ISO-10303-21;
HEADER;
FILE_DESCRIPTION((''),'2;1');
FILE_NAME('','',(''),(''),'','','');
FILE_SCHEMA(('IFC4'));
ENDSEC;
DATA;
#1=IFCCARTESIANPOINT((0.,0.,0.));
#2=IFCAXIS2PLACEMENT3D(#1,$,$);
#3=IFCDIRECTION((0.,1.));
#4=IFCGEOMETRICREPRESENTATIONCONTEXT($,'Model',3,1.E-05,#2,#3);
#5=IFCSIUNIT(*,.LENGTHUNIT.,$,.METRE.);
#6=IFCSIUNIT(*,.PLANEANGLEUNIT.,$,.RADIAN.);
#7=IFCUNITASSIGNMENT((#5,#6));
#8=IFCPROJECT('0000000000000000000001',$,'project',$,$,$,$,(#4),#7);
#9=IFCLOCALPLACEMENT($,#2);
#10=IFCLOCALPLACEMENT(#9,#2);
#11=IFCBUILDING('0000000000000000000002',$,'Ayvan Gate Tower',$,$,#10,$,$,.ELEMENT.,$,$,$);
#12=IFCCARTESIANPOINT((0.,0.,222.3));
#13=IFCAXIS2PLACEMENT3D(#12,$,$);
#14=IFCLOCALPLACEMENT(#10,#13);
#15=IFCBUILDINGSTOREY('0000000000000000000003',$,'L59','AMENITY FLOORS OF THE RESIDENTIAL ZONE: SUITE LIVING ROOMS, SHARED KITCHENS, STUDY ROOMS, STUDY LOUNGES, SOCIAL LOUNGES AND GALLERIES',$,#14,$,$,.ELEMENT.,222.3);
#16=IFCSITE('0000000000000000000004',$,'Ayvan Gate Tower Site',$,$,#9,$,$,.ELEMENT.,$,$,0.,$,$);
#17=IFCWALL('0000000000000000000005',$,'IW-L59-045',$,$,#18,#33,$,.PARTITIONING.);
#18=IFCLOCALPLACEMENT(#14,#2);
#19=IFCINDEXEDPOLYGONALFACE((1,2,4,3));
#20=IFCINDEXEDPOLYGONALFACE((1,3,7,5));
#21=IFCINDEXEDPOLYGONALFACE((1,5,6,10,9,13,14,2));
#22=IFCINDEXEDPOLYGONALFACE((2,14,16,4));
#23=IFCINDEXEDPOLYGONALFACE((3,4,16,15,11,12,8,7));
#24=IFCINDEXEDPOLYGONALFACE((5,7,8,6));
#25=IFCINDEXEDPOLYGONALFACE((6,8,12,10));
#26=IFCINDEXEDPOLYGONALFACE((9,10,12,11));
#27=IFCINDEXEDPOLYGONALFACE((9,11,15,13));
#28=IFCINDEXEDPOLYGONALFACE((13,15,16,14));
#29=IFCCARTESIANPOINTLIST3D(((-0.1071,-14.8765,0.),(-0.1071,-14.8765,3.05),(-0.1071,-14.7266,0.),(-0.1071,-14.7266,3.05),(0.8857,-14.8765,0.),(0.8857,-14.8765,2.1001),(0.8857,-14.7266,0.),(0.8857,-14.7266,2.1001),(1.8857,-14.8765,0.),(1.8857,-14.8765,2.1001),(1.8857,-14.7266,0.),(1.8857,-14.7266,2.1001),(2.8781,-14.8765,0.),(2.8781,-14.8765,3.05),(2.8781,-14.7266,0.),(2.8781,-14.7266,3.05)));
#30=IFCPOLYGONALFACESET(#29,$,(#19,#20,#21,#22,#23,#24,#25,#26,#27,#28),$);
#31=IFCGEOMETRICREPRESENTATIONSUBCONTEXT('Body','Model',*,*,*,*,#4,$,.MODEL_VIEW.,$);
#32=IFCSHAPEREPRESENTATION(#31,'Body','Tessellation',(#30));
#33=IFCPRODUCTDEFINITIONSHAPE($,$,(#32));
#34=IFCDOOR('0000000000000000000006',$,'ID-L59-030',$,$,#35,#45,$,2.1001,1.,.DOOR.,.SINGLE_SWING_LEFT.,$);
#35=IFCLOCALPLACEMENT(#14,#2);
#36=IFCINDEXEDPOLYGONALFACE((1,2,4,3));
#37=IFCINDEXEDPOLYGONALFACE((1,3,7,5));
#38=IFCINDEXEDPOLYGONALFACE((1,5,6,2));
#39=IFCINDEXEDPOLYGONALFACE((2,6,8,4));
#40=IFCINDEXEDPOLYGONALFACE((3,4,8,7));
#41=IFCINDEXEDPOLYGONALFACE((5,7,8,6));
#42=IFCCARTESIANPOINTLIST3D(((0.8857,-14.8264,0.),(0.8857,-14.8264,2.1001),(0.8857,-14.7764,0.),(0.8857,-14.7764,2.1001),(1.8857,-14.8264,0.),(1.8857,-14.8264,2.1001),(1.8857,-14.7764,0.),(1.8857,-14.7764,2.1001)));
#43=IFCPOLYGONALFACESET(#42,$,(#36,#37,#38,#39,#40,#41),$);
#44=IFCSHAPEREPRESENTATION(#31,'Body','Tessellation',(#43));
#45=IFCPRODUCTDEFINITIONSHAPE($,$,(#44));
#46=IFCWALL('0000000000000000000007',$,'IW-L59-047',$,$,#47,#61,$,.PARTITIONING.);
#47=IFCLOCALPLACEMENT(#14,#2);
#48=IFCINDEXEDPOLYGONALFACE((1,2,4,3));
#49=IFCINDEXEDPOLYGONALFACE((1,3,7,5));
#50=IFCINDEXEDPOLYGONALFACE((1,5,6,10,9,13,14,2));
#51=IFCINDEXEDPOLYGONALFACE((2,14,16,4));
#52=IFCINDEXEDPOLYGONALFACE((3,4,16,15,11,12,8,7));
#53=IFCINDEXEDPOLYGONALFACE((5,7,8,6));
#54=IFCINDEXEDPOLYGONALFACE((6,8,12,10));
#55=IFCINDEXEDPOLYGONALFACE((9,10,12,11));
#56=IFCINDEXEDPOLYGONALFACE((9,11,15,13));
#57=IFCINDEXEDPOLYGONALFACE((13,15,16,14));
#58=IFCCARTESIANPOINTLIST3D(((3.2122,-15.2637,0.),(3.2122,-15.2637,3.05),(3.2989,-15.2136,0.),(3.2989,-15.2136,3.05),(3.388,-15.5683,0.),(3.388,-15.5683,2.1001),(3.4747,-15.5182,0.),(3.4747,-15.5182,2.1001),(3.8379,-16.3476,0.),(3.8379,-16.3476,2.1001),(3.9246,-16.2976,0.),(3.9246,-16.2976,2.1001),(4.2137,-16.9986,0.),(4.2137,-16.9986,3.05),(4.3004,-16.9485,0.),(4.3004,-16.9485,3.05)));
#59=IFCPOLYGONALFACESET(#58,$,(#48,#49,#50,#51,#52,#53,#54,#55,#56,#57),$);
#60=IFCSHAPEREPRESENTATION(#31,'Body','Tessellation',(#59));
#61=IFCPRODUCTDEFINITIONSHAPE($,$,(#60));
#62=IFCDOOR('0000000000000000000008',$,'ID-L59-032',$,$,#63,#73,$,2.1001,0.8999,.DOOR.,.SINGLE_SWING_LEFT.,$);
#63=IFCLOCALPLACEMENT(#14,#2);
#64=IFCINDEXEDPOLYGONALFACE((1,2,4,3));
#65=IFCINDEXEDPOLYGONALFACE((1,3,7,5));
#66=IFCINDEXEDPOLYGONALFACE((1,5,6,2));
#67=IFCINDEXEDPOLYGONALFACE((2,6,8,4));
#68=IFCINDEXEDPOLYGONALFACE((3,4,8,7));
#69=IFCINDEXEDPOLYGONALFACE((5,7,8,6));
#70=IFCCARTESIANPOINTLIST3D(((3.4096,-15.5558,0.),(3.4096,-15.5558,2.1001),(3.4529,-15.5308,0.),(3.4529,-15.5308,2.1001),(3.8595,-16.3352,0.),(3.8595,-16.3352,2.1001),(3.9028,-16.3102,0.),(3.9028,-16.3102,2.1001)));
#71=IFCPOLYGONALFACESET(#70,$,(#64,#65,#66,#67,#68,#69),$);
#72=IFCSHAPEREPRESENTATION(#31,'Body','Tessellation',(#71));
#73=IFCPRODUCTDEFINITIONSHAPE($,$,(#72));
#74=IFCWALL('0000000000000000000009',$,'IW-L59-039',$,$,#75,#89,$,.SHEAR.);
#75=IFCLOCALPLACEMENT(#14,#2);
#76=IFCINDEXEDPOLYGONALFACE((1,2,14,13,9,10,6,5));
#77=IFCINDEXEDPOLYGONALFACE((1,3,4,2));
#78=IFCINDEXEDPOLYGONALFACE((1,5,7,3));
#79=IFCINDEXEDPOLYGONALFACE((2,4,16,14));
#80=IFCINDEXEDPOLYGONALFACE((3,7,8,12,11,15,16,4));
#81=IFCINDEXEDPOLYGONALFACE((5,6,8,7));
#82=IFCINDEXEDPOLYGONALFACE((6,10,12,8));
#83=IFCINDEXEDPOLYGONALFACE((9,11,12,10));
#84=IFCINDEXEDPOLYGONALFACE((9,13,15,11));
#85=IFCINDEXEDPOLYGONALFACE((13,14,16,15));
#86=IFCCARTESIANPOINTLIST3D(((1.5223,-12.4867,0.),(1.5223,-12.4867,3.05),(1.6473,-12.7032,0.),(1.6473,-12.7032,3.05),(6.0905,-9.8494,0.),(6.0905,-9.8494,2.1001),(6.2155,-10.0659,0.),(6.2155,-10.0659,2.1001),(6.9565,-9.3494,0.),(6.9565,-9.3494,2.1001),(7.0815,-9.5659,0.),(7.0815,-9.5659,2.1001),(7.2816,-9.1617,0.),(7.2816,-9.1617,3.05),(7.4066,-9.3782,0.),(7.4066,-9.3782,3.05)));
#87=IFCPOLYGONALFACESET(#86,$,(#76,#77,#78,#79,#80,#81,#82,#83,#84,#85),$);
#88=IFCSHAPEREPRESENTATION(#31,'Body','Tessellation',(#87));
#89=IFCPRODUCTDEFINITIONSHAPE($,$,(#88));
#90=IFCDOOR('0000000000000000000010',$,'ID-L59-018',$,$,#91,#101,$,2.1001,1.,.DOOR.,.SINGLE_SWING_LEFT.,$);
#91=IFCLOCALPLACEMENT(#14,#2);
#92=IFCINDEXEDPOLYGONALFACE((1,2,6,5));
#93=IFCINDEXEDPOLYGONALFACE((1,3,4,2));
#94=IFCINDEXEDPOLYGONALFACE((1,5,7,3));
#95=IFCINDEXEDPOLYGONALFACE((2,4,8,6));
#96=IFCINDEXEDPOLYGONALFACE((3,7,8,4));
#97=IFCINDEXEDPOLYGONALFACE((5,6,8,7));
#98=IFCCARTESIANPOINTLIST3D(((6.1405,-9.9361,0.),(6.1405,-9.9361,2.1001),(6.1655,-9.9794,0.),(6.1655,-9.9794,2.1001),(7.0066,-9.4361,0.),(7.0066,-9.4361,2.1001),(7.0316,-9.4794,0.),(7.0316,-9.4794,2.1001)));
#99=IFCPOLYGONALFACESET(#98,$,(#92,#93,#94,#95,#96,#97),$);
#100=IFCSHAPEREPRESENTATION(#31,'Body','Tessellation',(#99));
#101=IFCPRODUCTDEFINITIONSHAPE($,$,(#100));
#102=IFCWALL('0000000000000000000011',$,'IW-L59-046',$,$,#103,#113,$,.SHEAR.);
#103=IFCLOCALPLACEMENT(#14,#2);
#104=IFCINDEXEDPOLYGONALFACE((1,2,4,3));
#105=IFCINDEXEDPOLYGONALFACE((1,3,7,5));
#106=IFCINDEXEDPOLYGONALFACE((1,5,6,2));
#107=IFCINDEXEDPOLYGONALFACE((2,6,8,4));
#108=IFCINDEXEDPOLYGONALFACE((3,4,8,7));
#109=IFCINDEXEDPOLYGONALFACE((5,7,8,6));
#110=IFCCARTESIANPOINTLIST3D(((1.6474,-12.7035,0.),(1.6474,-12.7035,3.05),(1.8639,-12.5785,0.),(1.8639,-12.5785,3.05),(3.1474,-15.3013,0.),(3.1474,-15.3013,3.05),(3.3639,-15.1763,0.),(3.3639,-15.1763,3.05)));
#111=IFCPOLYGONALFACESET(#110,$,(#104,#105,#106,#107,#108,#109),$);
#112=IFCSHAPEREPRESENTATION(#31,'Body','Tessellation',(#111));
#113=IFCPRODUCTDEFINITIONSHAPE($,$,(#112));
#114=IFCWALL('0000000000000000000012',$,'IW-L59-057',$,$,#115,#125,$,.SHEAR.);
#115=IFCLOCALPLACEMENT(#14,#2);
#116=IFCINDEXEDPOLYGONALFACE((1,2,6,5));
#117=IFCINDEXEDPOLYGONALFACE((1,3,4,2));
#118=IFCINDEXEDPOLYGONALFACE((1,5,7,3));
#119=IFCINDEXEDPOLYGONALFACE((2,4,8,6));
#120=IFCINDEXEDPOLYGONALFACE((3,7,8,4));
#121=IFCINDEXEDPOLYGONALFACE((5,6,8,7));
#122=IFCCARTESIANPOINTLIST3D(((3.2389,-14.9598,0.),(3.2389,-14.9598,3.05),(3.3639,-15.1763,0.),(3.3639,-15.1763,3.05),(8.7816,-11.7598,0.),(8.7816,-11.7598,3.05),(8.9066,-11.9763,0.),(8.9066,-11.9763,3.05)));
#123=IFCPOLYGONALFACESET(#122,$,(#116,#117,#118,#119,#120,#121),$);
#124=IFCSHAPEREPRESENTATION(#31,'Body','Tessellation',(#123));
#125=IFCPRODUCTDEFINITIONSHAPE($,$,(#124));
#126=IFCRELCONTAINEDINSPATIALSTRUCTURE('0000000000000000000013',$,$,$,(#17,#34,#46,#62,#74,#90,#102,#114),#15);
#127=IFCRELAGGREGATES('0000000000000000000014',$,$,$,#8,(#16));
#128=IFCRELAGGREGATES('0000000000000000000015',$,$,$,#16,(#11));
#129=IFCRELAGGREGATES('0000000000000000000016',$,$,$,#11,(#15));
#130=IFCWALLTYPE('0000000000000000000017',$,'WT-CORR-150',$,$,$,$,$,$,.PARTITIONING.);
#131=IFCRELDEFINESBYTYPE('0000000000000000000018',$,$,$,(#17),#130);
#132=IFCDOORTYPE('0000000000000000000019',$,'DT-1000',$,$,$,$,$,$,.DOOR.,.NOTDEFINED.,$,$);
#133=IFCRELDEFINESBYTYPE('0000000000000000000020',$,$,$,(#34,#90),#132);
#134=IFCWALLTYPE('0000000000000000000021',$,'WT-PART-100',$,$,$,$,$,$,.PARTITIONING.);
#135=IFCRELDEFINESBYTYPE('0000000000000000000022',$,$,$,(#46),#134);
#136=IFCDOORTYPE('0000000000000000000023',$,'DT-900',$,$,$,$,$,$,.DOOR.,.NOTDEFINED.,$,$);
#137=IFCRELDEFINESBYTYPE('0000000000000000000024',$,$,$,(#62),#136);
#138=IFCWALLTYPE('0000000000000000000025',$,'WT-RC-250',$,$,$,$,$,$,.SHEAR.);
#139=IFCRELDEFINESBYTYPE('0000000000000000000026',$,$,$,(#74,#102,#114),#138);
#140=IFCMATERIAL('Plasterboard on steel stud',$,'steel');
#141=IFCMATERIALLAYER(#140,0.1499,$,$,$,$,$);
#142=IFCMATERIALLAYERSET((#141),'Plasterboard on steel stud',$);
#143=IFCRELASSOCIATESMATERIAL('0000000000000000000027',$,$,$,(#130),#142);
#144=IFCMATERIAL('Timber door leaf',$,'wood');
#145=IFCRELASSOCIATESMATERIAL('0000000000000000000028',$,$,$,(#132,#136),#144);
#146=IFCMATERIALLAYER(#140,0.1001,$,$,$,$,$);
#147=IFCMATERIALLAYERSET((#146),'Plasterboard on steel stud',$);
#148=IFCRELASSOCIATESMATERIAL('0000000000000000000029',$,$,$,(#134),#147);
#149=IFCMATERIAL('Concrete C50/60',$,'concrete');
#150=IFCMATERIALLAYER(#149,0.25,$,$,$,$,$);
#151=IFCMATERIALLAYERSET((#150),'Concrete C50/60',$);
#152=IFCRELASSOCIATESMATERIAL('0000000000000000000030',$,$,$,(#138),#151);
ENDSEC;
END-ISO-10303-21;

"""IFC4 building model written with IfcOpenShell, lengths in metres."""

from ifc_helpers import new_model, si_unit, direction, frame, frame_2d, origin, place, context, subcontext, project, spatial, rectangle, extrude, material, layer, layer_set, type_object, element, fill, save


model = new_model("IFC4")

# Units and contexts
model_context = context("Model", 3, precision=1e-05, world=origin(), true_north=direction((0.0, 1.0)))
body_context = subcontext(model_context, "Body", "Model", "MODEL_VIEW")
ifc_project = project(units=[si_unit("LENGTHUNIT", "METRE"), si_unit("PLANEANGLEUNIT", "RADIAN")], contexts=[model_context])

# Site, building, storey
site_placement = place(None, origin())
site = spatial("IfcSite", under=ifc_project, at=site_placement, Name="Ayvan Gate Tower Site", CompositionType="ELEMENT", RefElevation=0.0)
building_placement = place(site_placement, origin())
building = spatial("IfcBuilding", under=site, at=building_placement, Name="Ayvan Gate Tower", CompositionType="ELEMENT")
storey_placement = place(building_placement, frame((0.0, 0.0, 222.3)))
storey = spatial("IfcBuildingStorey", under=building, at=storey_placement, Name="L59", Description="AMENITY FLOORS OF THE RESIDENTIAL ZONE: SUITE LIVING ROOMS, SHARED KITCHENS, STUDY ROOMS, STUDY LOUNGES, SOCIAL LOUNGES AND GALLERIES", CompositionType="ELEMENT", Elevation=222.3)

# Shared definitions
ifc_material_1 = material(Name="Concrete C50/60", Category="concrete")

# Walls, openings, doors
ifc_material_2 = material(Name="Plasterboard on steel stud", Category="steel")
ifc_layer_1 = layer(ifc_material_2, 0.1499)
ifc_layer_set_1 = layer_set([ifc_layer_1], Name="Plasterboard on steel stud")
wall_type_1 = type_object("IfcWallType", Name="WT-CORR-150", PredefinedType="PARTITIONING", material=ifc_layer_set_1)
wall_1_placement = place(storey_placement, frame((2.8782, -14.8015, 0.0), z_axis=(0.0, 0.0, 1.0), x_axis=(-1.0, 0.0, 0.0)))
wall_1 = element("IfcWall", 1, at=wall_1_placement, inside=storey, type_object=wall_type_1, Name="IW-L59-045", PredefinedType="PARTITIONING", context=body_context, shape_type="SweptSolid", body=[
    extrude(rectangle(XDim=2.9851, YDim=0.1499, at=frame_2d((1.4927, 0.0))), origin(), (0.0, 0.0, 1.0), 3.05),
])
opening_1_placement = place(wall_1_placement, frame((0.9924, 0.0, 0.0)))
opening_1 = element("IfcOpeningElement", 2, at=opening_1_placement, cuts=wall_1, PredefinedType="OPENING", context=body_context, shape_type="SweptSolid", body=[
    extrude(rectangle(XDim=1.0, YDim=2.1001, at=frame_2d((0.5, 1.05))), frame((0.0, 0.085, 0.0), z_axis=(0.0, -1.0, 0.0), x_axis=(1.0, 0.0, 0.0)), (0.0, 0.0, 1.0), 0.1699),
])
ifc_material_3 = material(Name="Timber door leaf", Category="wood")
door_type_1 = type_object("IfcDoorType", Name="DT-1000", OperationType="NOTDEFINED", PredefinedType="DOOR", material=ifc_material_3)
door_1_placement = place(opening_1_placement, origin())
door_1 = element("IfcDoor", 3, at=door_1_placement, inside=storey, type_object=door_type_1, Name="ID-L59-030", OperationType="SINGLE_SWING_LEFT", OverallHeight=2.1001, OverallWidth=1.0, PredefinedType="DOOR", context=body_context, shape_type="SweptSolid", body=[
    extrude(rectangle(XDim=1.0, YDim=2.1001, at=frame_2d((0.5, 1.05))), frame((0.0, 0.0249, 0.0), z_axis=(0.0, -1.0, 0.0), x_axis=(1.0, 0.0, 0.0)), (0.0, 0.0, 1.0), 0.05),
])
fill(opening_1, door_1)
ifc_layer_2 = layer(ifc_material_2, 0.1001)
ifc_layer_set_2 = layer_set([ifc_layer_2], Name="Plasterboard on steel stud")
wall_type_2 = type_object("IfcWallType", Name="WT-PART-100", PredefinedType="PARTITIONING", material=ifc_layer_set_2)
wall_2_placement = place(storey_placement, frame((3.2556, -15.2388, 0.0), z_axis=(0.0, 0.0, 1.0), x_axis=(0.49994, -0.86606, 0.0)))
wall_2 = element("IfcWall", 4, at=wall_2_placement, inside=storey, type_object=wall_type_2, Name="IW-L59-047", PredefinedType="PARTITIONING", context=body_context, shape_type="SweptSolid", body=[
    extrude(rectangle(XDim=2.0032, YDim=0.1001, at=frame_2d((1.0015, 0.0))), origin(), (0.0, 0.0, 1.0), 3.05),
])
opening_2_placement = place(wall_2_placement, frame((0.3516, 0.0, 0.0)))
opening_2 = element("IfcOpeningElement", 5, at=opening_2_placement, cuts=wall_2, PredefinedType="OPENING", context=body_context, shape_type="SweptSolid", body=[
    extrude(rectangle(XDim=0.8999, YDim=2.1001, at=frame_2d((0.45, 1.05))), frame((0.0, 0.0601, 0.0), z_axis=(0.0, -1.0, 0.0), x_axis=(1.0, 0.0, 0.0)), (0.0, 0.0, 1.0), 0.1201),
])
door_type_2 = type_object("IfcDoorType", Name="DT-900", OperationType="NOTDEFINED", PredefinedType="DOOR", material=ifc_material_3)
door_2_placement = place(opening_2_placement, origin())
door_2 = element("IfcDoor", 6, at=door_2_placement, inside=storey, type_object=door_type_2, Name="ID-L59-032", OperationType="SINGLE_SWING_LEFT", OverallHeight=2.1001, OverallWidth=0.8999, PredefinedType="DOOR", context=body_context, shape_type="SweptSolid", body=[
    extrude(rectangle(XDim=0.8999, YDim=2.1001, at=frame_2d((0.45, 1.05))), frame((0.0, 0.0249, 0.0), z_axis=(0.0, -1.0, 0.0), x_axis=(1.0, 0.0, 0.0)), (0.0, 0.0, 1.0), 0.05),
])
fill(opening_2, door_2)
ifc_layer_3 = layer(ifc_material_1, 0.25)
ifc_layer_set_3 = layer_set([ifc_layer_3], Name="Concrete C50/60")
wall_type_3 = type_object("IfcWallType", Name="WT-RC-250", PredefinedType="SHEAR", material=ifc_layer_set_3)
wall_3_placement = place(storey_placement, frame((1.5847, -12.595, 0.0), z_axis=(0.0, 0.0, 1.0), x_axis=(0.866036, 0.499981, 0.0)))
wall_3 = element("IfcWall", 7, at=wall_3_placement, inside=storey, type_object=wall_type_3, Name="IW-L59-039", PredefinedType="SHEAR", context=body_context, shape_type="SweptSolid", body=[
    extrude(rectangle(XDim=6.6501, YDim=0.25, at=frame_2d((3.3252, 0.0))), origin(), (0.0, 0.0, 1.0), 3.05),
])
opening_3_placement = place(wall_3_placement, frame((5.2749, 0.0, 0.0)))
opening_3 = element("IfcOpeningElement", 8, at=opening_3_placement, cuts=wall_3, PredefinedType="OPENING", context=body_context, shape_type="SweptSolid", body=[
    extrude(rectangle(XDim=1.0, YDim=2.1001, at=frame_2d((0.5, 1.05))), frame((0.0, 0.135, 0.0), z_axis=(0.0, -1.0, 0.0), x_axis=(1.0, 0.0, 0.0)), (0.0, 0.0, 1.0), 0.27),
])
door_3_placement = place(opening_3_placement, origin())
door_3 = element("IfcDoor", 9, at=door_3_placement, inside=storey, type_object=door_type_1, Name="ID-L59-018", OperationType="SINGLE_SWING_LEFT", OverallHeight=2.1001, OverallWidth=1.0, PredefinedType="DOOR", context=body_context, shape_type="SweptSolid", body=[
    extrude(rectangle(XDim=1.0, YDim=2.1001, at=frame_2d((0.5, 1.05))), frame((0.0, 0.0249, 0.0), z_axis=(0.0, -1.0, 0.0), x_axis=(1.0, 0.0, 0.0)), (0.0, 0.0, 1.0), 0.05),
])
fill(opening_3, door_3)

# Walls
wall_4_placement = place(storey_placement, frame((1.7556, -12.6409, 0.0), z_axis=(0.0, 0.0, 1.0), x_axis=(0.500025, -0.866011, 0.0)))
element("IfcWall", 10, at=wall_4_placement, inside=storey, type_object=wall_type_3, Name="IW-L59-046", PredefinedType="SHEAR", context=body_context, shape_type="SweptSolid", body=[
    extrude(rectangle(XDim=2.9998, YDim=0.25, at=frame_2d((1.5, 0.0))), origin(), (0.0, 0.0, 1.0), 3.05),
])
wall_5_placement = place(storey_placement, frame((3.3013, -15.0681, 0.0), z_axis=(0.0, 0.0, 1.0), x_axis=(0.866035, 0.499983, 0.0)))
element("IfcWall", 11, at=wall_5_placement, inside=storey, type_object=wall_type_3, Name="IW-L59-057", PredefinedType="SHEAR", context=body_context, shape_type="SweptSolid", body=[
    extrude(rectangle(XDim=6.4001, YDim=0.25, at=frame_2d((3.2002, 0.0))), origin(), (0.0, 0.0, 1.0), 3.05),
])

save(model, "model.ifc")
